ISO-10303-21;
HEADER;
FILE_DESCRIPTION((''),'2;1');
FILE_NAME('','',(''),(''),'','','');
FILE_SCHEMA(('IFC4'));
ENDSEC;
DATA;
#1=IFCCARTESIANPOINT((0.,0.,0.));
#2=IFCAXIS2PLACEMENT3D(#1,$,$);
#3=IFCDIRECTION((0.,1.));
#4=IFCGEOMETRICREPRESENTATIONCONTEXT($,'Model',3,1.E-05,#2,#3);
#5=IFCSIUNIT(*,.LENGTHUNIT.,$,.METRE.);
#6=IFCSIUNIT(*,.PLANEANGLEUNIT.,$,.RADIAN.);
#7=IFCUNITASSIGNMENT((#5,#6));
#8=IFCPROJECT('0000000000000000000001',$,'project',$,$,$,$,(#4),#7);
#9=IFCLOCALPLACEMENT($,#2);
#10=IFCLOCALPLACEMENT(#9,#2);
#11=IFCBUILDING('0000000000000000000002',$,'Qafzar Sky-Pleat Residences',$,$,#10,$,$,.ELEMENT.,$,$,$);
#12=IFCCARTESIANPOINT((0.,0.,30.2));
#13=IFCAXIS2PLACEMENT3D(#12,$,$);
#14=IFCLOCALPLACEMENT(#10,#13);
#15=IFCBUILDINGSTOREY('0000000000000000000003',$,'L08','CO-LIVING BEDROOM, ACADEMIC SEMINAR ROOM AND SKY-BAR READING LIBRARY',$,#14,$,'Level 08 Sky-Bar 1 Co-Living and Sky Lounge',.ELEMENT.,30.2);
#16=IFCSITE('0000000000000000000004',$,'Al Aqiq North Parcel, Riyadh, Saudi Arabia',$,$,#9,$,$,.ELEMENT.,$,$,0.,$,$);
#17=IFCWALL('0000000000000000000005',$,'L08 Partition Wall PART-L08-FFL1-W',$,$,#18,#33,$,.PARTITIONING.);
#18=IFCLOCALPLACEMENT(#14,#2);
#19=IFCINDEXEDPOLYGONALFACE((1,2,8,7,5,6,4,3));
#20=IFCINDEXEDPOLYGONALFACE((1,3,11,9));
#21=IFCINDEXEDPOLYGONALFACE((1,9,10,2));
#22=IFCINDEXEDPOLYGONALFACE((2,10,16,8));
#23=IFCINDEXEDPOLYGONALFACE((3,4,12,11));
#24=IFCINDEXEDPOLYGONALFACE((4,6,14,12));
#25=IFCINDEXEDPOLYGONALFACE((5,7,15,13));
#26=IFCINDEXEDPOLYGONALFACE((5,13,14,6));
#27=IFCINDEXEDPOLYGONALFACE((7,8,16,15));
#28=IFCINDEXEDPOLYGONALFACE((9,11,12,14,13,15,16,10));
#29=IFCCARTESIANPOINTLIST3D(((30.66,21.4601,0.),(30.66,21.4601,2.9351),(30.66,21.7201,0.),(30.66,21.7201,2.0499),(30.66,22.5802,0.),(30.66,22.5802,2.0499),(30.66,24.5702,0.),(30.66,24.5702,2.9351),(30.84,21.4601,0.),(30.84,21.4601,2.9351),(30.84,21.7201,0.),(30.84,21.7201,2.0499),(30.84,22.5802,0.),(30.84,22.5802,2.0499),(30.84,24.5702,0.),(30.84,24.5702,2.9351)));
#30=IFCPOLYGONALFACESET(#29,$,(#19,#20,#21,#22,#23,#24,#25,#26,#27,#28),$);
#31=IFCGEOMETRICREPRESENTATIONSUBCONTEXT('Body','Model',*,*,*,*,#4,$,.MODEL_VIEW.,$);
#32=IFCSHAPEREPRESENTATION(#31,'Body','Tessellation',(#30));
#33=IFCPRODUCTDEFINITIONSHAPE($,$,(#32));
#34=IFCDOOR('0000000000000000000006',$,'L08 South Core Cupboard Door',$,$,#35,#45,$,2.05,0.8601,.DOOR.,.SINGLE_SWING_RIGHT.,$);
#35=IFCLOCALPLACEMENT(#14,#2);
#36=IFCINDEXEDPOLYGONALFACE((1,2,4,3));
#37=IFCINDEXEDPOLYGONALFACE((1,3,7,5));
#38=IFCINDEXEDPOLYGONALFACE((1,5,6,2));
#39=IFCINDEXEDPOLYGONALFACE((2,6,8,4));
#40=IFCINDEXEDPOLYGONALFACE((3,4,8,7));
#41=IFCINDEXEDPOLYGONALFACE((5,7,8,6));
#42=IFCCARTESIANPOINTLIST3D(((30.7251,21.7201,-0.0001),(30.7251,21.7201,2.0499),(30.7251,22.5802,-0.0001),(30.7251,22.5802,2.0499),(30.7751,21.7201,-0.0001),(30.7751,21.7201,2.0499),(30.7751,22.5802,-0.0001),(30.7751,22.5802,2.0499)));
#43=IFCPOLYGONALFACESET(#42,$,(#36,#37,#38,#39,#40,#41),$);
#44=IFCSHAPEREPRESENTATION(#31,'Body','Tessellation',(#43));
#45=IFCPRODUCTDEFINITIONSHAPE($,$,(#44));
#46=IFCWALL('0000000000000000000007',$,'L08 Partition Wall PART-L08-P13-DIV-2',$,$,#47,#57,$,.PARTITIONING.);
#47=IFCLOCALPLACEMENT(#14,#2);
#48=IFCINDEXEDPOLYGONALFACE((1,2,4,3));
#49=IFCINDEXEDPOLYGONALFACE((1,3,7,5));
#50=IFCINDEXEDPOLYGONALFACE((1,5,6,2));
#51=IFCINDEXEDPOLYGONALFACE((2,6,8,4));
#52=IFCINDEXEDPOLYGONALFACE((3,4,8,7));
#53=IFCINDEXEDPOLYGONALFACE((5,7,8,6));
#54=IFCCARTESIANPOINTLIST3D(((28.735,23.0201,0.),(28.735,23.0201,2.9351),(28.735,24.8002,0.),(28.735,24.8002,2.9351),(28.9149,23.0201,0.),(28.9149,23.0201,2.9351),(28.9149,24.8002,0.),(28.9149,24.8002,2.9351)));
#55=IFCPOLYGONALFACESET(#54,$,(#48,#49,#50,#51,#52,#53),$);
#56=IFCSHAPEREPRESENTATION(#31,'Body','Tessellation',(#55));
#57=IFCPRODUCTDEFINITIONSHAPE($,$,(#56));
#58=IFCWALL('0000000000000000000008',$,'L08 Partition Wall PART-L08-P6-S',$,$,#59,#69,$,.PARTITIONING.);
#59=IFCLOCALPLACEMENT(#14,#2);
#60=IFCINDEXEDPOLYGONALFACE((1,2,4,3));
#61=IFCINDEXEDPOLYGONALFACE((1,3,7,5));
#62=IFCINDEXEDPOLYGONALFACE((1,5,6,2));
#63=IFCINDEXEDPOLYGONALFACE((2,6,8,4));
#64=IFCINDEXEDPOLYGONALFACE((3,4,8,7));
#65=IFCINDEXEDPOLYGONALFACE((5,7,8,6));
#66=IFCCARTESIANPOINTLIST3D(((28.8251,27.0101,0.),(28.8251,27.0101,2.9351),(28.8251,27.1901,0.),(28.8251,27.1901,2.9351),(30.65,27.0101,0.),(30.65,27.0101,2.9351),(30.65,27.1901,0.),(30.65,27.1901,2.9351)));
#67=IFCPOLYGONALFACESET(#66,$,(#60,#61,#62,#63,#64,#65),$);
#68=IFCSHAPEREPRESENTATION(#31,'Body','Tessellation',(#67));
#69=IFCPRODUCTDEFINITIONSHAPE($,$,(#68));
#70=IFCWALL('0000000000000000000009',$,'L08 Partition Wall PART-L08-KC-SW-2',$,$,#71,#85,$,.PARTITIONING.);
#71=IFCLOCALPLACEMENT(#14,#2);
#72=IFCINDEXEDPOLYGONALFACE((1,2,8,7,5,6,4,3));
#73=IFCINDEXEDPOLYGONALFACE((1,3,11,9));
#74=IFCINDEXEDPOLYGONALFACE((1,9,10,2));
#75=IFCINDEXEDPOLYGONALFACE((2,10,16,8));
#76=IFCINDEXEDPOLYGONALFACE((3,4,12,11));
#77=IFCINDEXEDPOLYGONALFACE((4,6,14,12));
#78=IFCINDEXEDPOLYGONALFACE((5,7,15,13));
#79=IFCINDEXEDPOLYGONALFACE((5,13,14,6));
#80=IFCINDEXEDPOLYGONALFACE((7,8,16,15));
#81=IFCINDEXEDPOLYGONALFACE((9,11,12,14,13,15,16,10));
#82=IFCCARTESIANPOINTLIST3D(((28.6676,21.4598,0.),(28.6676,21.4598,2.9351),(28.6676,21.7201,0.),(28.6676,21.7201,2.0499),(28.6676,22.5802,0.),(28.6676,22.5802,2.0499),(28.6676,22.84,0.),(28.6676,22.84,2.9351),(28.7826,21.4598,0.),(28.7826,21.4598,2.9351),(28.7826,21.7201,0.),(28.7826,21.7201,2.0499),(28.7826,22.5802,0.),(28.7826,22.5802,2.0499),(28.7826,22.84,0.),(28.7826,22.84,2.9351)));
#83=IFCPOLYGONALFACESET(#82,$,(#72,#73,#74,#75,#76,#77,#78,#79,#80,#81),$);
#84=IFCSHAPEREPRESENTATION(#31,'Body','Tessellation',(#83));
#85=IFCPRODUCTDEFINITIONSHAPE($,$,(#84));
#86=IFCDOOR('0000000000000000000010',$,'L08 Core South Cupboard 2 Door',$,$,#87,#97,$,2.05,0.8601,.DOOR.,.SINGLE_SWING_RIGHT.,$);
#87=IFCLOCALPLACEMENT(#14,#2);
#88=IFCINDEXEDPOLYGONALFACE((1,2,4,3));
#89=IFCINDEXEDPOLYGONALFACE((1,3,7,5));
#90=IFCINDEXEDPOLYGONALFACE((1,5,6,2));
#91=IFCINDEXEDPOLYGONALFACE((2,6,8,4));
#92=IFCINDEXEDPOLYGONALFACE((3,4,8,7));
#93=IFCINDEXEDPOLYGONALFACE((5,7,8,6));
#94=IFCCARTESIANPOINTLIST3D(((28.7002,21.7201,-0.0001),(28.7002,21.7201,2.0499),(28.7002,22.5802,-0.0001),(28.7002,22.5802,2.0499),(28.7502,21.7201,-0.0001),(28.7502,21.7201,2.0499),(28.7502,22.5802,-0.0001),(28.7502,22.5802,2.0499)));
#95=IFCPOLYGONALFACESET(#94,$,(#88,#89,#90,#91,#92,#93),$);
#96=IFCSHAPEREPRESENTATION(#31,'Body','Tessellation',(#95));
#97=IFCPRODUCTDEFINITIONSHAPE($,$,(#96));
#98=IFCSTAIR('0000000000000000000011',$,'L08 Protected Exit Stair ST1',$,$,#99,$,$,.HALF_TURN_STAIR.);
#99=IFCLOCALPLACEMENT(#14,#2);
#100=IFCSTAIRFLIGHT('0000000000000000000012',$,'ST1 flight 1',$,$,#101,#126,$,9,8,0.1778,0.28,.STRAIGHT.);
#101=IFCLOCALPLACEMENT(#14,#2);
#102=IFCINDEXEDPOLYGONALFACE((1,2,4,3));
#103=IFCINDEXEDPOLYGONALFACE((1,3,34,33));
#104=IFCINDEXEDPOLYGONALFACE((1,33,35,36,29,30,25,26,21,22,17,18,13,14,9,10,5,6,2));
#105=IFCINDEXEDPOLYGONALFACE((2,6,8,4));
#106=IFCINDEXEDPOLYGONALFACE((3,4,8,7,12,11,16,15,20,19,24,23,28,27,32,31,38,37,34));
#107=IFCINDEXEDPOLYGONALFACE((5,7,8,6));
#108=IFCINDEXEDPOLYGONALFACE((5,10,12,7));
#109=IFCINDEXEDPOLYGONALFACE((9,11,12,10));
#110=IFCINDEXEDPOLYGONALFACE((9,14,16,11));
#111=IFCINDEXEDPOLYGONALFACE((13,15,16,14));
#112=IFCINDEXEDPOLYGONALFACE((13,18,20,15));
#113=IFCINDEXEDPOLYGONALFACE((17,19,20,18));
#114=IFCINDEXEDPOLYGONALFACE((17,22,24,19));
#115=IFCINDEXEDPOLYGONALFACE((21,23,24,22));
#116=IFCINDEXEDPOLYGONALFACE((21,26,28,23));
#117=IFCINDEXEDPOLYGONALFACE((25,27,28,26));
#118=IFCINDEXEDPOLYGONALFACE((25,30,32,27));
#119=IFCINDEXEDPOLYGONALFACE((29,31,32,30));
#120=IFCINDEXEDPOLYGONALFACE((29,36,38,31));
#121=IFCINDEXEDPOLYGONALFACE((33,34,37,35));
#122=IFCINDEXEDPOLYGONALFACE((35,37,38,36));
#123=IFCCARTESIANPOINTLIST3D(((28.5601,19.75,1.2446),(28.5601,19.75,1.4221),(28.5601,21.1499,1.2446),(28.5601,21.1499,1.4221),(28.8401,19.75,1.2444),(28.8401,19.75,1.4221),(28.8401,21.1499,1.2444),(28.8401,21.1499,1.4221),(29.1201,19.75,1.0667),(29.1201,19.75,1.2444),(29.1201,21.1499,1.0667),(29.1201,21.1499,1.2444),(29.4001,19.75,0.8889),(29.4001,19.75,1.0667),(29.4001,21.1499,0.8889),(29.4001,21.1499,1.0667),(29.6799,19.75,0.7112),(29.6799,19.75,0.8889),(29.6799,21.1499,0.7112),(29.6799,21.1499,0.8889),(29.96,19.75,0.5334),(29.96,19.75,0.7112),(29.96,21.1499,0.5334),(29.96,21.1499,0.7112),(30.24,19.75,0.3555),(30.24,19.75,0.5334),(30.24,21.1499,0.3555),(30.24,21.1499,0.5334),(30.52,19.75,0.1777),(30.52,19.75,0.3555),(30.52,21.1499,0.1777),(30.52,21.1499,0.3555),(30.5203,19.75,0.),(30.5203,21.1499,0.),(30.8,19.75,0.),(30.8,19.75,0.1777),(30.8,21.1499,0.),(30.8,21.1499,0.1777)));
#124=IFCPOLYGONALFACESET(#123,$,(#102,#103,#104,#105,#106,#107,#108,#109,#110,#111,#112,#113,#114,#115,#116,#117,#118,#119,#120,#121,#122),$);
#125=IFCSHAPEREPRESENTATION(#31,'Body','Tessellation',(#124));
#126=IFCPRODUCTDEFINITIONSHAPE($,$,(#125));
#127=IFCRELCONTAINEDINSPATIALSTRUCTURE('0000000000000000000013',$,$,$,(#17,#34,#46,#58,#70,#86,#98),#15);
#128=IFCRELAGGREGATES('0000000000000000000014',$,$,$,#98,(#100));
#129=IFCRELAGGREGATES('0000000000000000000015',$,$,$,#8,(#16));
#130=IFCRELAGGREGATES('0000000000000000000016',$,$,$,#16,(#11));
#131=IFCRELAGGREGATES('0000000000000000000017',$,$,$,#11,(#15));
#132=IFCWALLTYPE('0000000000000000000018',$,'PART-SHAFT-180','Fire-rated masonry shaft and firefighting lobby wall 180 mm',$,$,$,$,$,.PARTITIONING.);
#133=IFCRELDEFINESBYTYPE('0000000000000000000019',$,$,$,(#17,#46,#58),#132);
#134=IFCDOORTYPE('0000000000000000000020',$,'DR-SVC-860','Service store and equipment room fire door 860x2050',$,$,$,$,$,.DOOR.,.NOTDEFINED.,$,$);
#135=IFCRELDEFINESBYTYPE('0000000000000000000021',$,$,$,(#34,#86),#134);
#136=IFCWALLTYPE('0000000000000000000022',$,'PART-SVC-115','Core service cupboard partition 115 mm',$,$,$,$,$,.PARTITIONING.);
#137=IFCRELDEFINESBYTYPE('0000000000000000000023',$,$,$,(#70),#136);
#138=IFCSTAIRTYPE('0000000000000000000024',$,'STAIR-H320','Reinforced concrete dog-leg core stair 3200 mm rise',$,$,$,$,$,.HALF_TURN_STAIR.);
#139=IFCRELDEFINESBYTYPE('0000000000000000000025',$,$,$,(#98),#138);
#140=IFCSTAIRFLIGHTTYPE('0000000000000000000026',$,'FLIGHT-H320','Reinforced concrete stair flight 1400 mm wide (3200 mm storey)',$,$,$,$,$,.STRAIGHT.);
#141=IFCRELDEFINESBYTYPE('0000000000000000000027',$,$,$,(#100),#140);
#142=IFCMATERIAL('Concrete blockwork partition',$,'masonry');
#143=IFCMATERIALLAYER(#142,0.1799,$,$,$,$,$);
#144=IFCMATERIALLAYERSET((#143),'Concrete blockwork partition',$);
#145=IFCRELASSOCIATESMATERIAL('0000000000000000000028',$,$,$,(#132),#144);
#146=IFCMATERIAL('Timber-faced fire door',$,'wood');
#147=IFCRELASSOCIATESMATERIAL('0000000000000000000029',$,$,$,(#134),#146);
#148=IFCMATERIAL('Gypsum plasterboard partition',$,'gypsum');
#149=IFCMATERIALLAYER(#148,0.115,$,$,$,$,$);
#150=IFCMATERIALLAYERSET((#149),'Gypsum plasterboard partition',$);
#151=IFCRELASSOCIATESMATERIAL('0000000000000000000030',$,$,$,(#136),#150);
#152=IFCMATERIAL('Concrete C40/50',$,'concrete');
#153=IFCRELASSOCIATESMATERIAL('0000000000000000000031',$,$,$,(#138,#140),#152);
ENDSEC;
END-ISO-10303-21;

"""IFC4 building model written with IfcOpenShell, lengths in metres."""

from ifc_helpers import new_model, si_unit, direction, frame, frame_2d, origin, place, context, subcontext, project, spatial, polyline, rectangle, outline, extrude, source, transform, mapped, material, layer, layer_set, type_object, element, fill, aggregate, save


model = new_model("IFC4")

# Units and contexts
model_context = context("Model", 3, precision=1e-05, world=origin(), true_north=direction((0.0, 1.0)))
body_context = subcontext(model_context, "Body", "Model", "MODEL_VIEW")
ifc_project = project(units=[si_unit("LENGTHUNIT", "METRE"), si_unit("PLANEANGLEUNIT", "RADIAN")], contexts=[model_context])

# Site, building, storey
site_placement = place(None, origin())
site = spatial("IfcSite", under=ifc_project, at=site_placement, Name="Al Aqiq North Parcel, Riyadh, Saudi Arabia", CompositionType="ELEMENT", RefElevation=0.0)
building_placement = place(site_placement, origin())
building = spatial("IfcBuilding", under=site, at=building_placement, Name="Qafzar Sky-Pleat Residences", CompositionType="ELEMENT")
storey_placement = place(building_placement, frame((0.0, 0.0, 30.2)))
storey = spatial("IfcBuildingStorey", under=building, at=storey_placement, Name="L08", Description="CO-LIVING BEDROOM, ACADEMIC SEMINAR ROOM AND SKY-BAR READING LIBRARY", LongName="Level 08 Sky-Bar 1 Co-Living and Sky Lounge", CompositionType="ELEMENT", Elevation=30.2)

# Wall, opening, door
ifc_material_1 = material(Name="Concrete blockwork partition", Category="masonry")
ifc_layer_1 = layer(ifc_material_1, 0.1799)
ifc_layer_set_1 = layer_set([ifc_layer_1], Name="Concrete blockwork partition")
wall_type_1 = type_object("IfcWallType", Name="PART-SHAFT-180", Description="Fire-rated masonry shaft and firefighting lobby wall 180 mm", PredefinedType="PARTITIONING", material=ifc_layer_set_1)
wall_1_placement = place(storey_placement, frame((30.75, 21.46, 0.0), z_axis=(0.0, 0.0, 1.0), x_axis=(0.0, 1.0, 0.0)))
wall_1 = element("IfcWall", 1, at=wall_1_placement, inside=storey, type_object=wall_type_1, Name="L08 Partition Wall PART-L08-FFL1-W", PredefinedType="PARTITIONING", context=body_context, shape_type="SweptSolid", body=[
    extrude(rectangle(XDim=3.1101, YDim=0.1799, at=frame_2d((1.5552, 0.0))), origin(), (0.0, 0.0, 1.0), 2.9351),
])
opening_1_placement = place(wall_1_placement, frame((0.26, 0.0, 0.0)))
opening_1 = element("IfcOpeningElement", 2, at=opening_1_placement, cuts=wall_1, PredefinedType="OPENING", context=body_context, shape_type="SweptSolid", body=[
    extrude(rectangle(XDim=0.8601, YDim=2.05, at=frame_2d((0.4302, 1.0249))), frame((0.0, 0.1001, 0.0), z_axis=(0.0, -1.0, 0.0), x_axis=(1.0, 0.0, 0.0)), (0.0, 0.0, 1.0), 0.2),
])
ifc_material_2 = material(Name="Timber-faced fire door", Category="wood")
door_type_1 = type_object("IfcDoorType", Name="DR-SVC-860", Description="Service store and equipment room fire door 860x2050", OperationType="NOTDEFINED", PredefinedType="DOOR", material=ifc_material_2)
shared_shape_1 = source(origin(), body_context, "Body", "SweptSolid", [
    extrude(rectangle(XDim=0.8601, YDim=2.05, at=frame_2d((0.4302, 1.0249))), frame((0.0, 0.0249, 0.0), z_axis=(0.0, -1.0, 0.0), x_axis=(1.0, 0.0, 0.0)), (0.0, 0.0, 1.0), 0.05),
])
door_1_placement = place(opening_1_placement, origin())
door_1 = element("IfcDoor", 3, at=door_1_placement, inside=storey, type_object=door_type_1, Name="L08 South Core Cupboard Door", OperationType="SINGLE_SWING_RIGHT", OverallHeight=2.05, OverallWidth=0.8601, PredefinedType="DOOR", context=body_context, shape_type="MappedRepresentation", body=[
    mapped(shared_shape_1, transform((0.0, 0.0, 0.0), x_axis=(1.0, 0.0, 0.0), y_axis=(0.0, 1.0, 0.0), z_axis=(0.0, 0.0, 1.0), scale=1.0)),
])
fill(opening_1, door_1)

# Walls
wall_2_placement = place(storey_placement, frame((28.825, 23.02, 0.0), z_axis=(0.0, 0.0, 1.0), x_axis=(0.0, 1.0, 0.0)))
element("IfcWall", 4, at=wall_2_placement, inside=storey, type_object=wall_type_1, Name="L08 Partition Wall PART-L08-P13-DIV-2", PredefinedType="PARTITIONING", context=body_context, shape_type="SweptSolid", body=[
    extrude(rectangle(XDim=1.78, YDim=0.1799, at=frame_2d((0.8901, 0.0))), origin(), (0.0, 0.0, 1.0), 2.9351),
])
wall_3_placement = place(storey_placement, frame((28.825, 27.1001, 0.0), z_axis=(0.0, 0.0, 1.0), x_axis=(1.0, 0.0, 0.0)))
element("IfcWall", 5, at=wall_3_placement, inside=storey, type_object=wall_type_1, Name="L08 Partition Wall PART-L08-P6-S", PredefinedType="PARTITIONING", context=body_context, shape_type="SweptSolid", body=[
    extrude(rectangle(XDim=1.825, YDim=0.1799, at=frame_2d((0.9126, 0.0))), origin(), (0.0, 0.0, 1.0), 2.9351),
])

# Wall, opening, door
ifc_material_3 = material(Name="Gypsum plasterboard partition", Category="gypsum")
ifc_layer_2 = layer(ifc_material_3, 0.115)
ifc_layer_set_2 = layer_set([ifc_layer_2], Name="Gypsum plasterboard partition")
wall_type_2 = type_object("IfcWallType", Name="PART-SVC-115", Description="Core service cupboard partition 115 mm", PredefinedType="PARTITIONING", material=ifc_layer_set_2)
wall_4_placement = place(storey_placement, frame((28.7251, 21.46, 0.0), z_axis=(0.0, 0.0, 1.0), x_axis=(0.0, 1.0, 0.0)))
wall_4 = element("IfcWall", 6, at=wall_4_placement, inside=storey, type_object=wall_type_2, Name="L08 Partition Wall PART-L08-KC-SW-2", PredefinedType="PARTITIONING", context=body_context, shape_type="SweptSolid", body=[
    extrude(rectangle(XDim=1.3801, YDim=0.115, at=frame_2d((0.6899, 0.0))), origin(), (0.0, 0.0, 1.0), 2.9351),
])
opening_2_placement = place(wall_4_placement, frame((0.26, 0.0, 0.0)))
opening_2 = element("IfcOpeningElement", 7, at=opening_2_placement, cuts=wall_4, PredefinedType="OPENING", context=body_context, shape_type="SweptSolid", body=[
    extrude(rectangle(XDim=0.8601, YDim=2.05, at=frame_2d((0.4302, 1.0249))), frame((0.0, 0.0674, 0.0), z_axis=(0.0, -1.0, 0.0), x_axis=(1.0, 0.0, 0.0)), (0.0, 0.0, 1.0), 0.135),
])
door_2_placement = place(opening_2_placement, origin())
door_2 = element("IfcDoor", 8, at=door_2_placement, inside=storey, type_object=door_type_1, Name="L08 Core South Cupboard 2 Door", OperationType="SINGLE_SWING_RIGHT", OverallHeight=2.05, OverallWidth=0.8601, PredefinedType="DOOR", context=body_context, shape_type="MappedRepresentation", body=[
    mapped(shared_shape_1, transform((0.0, 0.0, 0.0), x_axis=(1.0, 0.0, 0.0), y_axis=(0.0, 1.0, 0.0), z_axis=(0.0, 0.0, 1.0), scale=1.0)),
])
fill(opening_2, door_2)

# Stair, stair flight
ifc_material_4 = material(Name="Concrete C40/50", Category="concrete")
stair_type = type_object("IfcStairType", Name="STAIR-H320", Description="Reinforced concrete dog-leg core stair 3200 mm rise", PredefinedType="HALF_TURN_STAIR", material=ifc_material_4)
stair_placement = place(storey_placement, origin())
stair = element("IfcStair", 9, at=stair_placement, inside=storey, type_object=stair_type, Name="L08 Protected Exit Stair ST1", PredefinedType="HALF_TURN_STAIR")
stair_flight_type = type_object("IfcStairFlightType", Name="FLIGHT-H320", Description="Reinforced concrete stair flight 1400 mm wide (3200 mm storey)", PredefinedType="STRAIGHT", material=ifc_material_4)
shared_shape_2 = source(origin(), body_context, "Body", "SweptSolid", [
    extrude(outline(polyline([(0.0, 0.0), (0.0, 0.1777), (0.28, 0.1777), (0.28, 0.3555), (0.5601, 0.3555), (0.5601, 0.5334), (0.8401, 0.5334), (0.8401, 0.7112), (1.1201, 0.7112), (1.1201, 0.8889), (1.3999, 0.8889), (1.3999, 1.0667), (1.6799, 1.0667), (1.6799, 1.2444), (1.96, 1.2444), (1.96, 1.4221), (2.24, 1.4221), (2.24, 1.6001), (2.24, 1.2446), (0.2798, 0.0), (0.0, 0.0)])), frame((0.0, 0.7, 0.0), z_axis=(0.0, -1.0, 0.0), x_axis=(1.0, 0.0, 0.0)), (0.0, 0.0, 1.0), 1.3999),
])
stair_flight_placement = place(storey_placement, frame((30.8, 20.45, 0.0), z_axis=(0.0, 0.0, 1.0), x_axis=(-1.0, 0.0, 0.0)))
stair_flight = element("IfcStairFlight", 10, at=stair_flight_placement, type_object=stair_flight_type, Name="ST1 flight 1", NumberOfRisers=9, NumberOfTreads=8, PredefinedType="STRAIGHT", RiserHeight=0.1778, TreadLength=0.28, context=body_context, shape_type="MappedRepresentation", body=[
    mapped(shared_shape_2, transform((0.0, 0.0, 0.0), x_axis=(1.0, 0.0, 0.0), y_axis=(0.0, 1.0, 0.0), z_axis=(0.0, 0.0, 1.0), scale=1.0)),
])
aggregate(stair, [stair_flight])

save(model, "model.ifc")
